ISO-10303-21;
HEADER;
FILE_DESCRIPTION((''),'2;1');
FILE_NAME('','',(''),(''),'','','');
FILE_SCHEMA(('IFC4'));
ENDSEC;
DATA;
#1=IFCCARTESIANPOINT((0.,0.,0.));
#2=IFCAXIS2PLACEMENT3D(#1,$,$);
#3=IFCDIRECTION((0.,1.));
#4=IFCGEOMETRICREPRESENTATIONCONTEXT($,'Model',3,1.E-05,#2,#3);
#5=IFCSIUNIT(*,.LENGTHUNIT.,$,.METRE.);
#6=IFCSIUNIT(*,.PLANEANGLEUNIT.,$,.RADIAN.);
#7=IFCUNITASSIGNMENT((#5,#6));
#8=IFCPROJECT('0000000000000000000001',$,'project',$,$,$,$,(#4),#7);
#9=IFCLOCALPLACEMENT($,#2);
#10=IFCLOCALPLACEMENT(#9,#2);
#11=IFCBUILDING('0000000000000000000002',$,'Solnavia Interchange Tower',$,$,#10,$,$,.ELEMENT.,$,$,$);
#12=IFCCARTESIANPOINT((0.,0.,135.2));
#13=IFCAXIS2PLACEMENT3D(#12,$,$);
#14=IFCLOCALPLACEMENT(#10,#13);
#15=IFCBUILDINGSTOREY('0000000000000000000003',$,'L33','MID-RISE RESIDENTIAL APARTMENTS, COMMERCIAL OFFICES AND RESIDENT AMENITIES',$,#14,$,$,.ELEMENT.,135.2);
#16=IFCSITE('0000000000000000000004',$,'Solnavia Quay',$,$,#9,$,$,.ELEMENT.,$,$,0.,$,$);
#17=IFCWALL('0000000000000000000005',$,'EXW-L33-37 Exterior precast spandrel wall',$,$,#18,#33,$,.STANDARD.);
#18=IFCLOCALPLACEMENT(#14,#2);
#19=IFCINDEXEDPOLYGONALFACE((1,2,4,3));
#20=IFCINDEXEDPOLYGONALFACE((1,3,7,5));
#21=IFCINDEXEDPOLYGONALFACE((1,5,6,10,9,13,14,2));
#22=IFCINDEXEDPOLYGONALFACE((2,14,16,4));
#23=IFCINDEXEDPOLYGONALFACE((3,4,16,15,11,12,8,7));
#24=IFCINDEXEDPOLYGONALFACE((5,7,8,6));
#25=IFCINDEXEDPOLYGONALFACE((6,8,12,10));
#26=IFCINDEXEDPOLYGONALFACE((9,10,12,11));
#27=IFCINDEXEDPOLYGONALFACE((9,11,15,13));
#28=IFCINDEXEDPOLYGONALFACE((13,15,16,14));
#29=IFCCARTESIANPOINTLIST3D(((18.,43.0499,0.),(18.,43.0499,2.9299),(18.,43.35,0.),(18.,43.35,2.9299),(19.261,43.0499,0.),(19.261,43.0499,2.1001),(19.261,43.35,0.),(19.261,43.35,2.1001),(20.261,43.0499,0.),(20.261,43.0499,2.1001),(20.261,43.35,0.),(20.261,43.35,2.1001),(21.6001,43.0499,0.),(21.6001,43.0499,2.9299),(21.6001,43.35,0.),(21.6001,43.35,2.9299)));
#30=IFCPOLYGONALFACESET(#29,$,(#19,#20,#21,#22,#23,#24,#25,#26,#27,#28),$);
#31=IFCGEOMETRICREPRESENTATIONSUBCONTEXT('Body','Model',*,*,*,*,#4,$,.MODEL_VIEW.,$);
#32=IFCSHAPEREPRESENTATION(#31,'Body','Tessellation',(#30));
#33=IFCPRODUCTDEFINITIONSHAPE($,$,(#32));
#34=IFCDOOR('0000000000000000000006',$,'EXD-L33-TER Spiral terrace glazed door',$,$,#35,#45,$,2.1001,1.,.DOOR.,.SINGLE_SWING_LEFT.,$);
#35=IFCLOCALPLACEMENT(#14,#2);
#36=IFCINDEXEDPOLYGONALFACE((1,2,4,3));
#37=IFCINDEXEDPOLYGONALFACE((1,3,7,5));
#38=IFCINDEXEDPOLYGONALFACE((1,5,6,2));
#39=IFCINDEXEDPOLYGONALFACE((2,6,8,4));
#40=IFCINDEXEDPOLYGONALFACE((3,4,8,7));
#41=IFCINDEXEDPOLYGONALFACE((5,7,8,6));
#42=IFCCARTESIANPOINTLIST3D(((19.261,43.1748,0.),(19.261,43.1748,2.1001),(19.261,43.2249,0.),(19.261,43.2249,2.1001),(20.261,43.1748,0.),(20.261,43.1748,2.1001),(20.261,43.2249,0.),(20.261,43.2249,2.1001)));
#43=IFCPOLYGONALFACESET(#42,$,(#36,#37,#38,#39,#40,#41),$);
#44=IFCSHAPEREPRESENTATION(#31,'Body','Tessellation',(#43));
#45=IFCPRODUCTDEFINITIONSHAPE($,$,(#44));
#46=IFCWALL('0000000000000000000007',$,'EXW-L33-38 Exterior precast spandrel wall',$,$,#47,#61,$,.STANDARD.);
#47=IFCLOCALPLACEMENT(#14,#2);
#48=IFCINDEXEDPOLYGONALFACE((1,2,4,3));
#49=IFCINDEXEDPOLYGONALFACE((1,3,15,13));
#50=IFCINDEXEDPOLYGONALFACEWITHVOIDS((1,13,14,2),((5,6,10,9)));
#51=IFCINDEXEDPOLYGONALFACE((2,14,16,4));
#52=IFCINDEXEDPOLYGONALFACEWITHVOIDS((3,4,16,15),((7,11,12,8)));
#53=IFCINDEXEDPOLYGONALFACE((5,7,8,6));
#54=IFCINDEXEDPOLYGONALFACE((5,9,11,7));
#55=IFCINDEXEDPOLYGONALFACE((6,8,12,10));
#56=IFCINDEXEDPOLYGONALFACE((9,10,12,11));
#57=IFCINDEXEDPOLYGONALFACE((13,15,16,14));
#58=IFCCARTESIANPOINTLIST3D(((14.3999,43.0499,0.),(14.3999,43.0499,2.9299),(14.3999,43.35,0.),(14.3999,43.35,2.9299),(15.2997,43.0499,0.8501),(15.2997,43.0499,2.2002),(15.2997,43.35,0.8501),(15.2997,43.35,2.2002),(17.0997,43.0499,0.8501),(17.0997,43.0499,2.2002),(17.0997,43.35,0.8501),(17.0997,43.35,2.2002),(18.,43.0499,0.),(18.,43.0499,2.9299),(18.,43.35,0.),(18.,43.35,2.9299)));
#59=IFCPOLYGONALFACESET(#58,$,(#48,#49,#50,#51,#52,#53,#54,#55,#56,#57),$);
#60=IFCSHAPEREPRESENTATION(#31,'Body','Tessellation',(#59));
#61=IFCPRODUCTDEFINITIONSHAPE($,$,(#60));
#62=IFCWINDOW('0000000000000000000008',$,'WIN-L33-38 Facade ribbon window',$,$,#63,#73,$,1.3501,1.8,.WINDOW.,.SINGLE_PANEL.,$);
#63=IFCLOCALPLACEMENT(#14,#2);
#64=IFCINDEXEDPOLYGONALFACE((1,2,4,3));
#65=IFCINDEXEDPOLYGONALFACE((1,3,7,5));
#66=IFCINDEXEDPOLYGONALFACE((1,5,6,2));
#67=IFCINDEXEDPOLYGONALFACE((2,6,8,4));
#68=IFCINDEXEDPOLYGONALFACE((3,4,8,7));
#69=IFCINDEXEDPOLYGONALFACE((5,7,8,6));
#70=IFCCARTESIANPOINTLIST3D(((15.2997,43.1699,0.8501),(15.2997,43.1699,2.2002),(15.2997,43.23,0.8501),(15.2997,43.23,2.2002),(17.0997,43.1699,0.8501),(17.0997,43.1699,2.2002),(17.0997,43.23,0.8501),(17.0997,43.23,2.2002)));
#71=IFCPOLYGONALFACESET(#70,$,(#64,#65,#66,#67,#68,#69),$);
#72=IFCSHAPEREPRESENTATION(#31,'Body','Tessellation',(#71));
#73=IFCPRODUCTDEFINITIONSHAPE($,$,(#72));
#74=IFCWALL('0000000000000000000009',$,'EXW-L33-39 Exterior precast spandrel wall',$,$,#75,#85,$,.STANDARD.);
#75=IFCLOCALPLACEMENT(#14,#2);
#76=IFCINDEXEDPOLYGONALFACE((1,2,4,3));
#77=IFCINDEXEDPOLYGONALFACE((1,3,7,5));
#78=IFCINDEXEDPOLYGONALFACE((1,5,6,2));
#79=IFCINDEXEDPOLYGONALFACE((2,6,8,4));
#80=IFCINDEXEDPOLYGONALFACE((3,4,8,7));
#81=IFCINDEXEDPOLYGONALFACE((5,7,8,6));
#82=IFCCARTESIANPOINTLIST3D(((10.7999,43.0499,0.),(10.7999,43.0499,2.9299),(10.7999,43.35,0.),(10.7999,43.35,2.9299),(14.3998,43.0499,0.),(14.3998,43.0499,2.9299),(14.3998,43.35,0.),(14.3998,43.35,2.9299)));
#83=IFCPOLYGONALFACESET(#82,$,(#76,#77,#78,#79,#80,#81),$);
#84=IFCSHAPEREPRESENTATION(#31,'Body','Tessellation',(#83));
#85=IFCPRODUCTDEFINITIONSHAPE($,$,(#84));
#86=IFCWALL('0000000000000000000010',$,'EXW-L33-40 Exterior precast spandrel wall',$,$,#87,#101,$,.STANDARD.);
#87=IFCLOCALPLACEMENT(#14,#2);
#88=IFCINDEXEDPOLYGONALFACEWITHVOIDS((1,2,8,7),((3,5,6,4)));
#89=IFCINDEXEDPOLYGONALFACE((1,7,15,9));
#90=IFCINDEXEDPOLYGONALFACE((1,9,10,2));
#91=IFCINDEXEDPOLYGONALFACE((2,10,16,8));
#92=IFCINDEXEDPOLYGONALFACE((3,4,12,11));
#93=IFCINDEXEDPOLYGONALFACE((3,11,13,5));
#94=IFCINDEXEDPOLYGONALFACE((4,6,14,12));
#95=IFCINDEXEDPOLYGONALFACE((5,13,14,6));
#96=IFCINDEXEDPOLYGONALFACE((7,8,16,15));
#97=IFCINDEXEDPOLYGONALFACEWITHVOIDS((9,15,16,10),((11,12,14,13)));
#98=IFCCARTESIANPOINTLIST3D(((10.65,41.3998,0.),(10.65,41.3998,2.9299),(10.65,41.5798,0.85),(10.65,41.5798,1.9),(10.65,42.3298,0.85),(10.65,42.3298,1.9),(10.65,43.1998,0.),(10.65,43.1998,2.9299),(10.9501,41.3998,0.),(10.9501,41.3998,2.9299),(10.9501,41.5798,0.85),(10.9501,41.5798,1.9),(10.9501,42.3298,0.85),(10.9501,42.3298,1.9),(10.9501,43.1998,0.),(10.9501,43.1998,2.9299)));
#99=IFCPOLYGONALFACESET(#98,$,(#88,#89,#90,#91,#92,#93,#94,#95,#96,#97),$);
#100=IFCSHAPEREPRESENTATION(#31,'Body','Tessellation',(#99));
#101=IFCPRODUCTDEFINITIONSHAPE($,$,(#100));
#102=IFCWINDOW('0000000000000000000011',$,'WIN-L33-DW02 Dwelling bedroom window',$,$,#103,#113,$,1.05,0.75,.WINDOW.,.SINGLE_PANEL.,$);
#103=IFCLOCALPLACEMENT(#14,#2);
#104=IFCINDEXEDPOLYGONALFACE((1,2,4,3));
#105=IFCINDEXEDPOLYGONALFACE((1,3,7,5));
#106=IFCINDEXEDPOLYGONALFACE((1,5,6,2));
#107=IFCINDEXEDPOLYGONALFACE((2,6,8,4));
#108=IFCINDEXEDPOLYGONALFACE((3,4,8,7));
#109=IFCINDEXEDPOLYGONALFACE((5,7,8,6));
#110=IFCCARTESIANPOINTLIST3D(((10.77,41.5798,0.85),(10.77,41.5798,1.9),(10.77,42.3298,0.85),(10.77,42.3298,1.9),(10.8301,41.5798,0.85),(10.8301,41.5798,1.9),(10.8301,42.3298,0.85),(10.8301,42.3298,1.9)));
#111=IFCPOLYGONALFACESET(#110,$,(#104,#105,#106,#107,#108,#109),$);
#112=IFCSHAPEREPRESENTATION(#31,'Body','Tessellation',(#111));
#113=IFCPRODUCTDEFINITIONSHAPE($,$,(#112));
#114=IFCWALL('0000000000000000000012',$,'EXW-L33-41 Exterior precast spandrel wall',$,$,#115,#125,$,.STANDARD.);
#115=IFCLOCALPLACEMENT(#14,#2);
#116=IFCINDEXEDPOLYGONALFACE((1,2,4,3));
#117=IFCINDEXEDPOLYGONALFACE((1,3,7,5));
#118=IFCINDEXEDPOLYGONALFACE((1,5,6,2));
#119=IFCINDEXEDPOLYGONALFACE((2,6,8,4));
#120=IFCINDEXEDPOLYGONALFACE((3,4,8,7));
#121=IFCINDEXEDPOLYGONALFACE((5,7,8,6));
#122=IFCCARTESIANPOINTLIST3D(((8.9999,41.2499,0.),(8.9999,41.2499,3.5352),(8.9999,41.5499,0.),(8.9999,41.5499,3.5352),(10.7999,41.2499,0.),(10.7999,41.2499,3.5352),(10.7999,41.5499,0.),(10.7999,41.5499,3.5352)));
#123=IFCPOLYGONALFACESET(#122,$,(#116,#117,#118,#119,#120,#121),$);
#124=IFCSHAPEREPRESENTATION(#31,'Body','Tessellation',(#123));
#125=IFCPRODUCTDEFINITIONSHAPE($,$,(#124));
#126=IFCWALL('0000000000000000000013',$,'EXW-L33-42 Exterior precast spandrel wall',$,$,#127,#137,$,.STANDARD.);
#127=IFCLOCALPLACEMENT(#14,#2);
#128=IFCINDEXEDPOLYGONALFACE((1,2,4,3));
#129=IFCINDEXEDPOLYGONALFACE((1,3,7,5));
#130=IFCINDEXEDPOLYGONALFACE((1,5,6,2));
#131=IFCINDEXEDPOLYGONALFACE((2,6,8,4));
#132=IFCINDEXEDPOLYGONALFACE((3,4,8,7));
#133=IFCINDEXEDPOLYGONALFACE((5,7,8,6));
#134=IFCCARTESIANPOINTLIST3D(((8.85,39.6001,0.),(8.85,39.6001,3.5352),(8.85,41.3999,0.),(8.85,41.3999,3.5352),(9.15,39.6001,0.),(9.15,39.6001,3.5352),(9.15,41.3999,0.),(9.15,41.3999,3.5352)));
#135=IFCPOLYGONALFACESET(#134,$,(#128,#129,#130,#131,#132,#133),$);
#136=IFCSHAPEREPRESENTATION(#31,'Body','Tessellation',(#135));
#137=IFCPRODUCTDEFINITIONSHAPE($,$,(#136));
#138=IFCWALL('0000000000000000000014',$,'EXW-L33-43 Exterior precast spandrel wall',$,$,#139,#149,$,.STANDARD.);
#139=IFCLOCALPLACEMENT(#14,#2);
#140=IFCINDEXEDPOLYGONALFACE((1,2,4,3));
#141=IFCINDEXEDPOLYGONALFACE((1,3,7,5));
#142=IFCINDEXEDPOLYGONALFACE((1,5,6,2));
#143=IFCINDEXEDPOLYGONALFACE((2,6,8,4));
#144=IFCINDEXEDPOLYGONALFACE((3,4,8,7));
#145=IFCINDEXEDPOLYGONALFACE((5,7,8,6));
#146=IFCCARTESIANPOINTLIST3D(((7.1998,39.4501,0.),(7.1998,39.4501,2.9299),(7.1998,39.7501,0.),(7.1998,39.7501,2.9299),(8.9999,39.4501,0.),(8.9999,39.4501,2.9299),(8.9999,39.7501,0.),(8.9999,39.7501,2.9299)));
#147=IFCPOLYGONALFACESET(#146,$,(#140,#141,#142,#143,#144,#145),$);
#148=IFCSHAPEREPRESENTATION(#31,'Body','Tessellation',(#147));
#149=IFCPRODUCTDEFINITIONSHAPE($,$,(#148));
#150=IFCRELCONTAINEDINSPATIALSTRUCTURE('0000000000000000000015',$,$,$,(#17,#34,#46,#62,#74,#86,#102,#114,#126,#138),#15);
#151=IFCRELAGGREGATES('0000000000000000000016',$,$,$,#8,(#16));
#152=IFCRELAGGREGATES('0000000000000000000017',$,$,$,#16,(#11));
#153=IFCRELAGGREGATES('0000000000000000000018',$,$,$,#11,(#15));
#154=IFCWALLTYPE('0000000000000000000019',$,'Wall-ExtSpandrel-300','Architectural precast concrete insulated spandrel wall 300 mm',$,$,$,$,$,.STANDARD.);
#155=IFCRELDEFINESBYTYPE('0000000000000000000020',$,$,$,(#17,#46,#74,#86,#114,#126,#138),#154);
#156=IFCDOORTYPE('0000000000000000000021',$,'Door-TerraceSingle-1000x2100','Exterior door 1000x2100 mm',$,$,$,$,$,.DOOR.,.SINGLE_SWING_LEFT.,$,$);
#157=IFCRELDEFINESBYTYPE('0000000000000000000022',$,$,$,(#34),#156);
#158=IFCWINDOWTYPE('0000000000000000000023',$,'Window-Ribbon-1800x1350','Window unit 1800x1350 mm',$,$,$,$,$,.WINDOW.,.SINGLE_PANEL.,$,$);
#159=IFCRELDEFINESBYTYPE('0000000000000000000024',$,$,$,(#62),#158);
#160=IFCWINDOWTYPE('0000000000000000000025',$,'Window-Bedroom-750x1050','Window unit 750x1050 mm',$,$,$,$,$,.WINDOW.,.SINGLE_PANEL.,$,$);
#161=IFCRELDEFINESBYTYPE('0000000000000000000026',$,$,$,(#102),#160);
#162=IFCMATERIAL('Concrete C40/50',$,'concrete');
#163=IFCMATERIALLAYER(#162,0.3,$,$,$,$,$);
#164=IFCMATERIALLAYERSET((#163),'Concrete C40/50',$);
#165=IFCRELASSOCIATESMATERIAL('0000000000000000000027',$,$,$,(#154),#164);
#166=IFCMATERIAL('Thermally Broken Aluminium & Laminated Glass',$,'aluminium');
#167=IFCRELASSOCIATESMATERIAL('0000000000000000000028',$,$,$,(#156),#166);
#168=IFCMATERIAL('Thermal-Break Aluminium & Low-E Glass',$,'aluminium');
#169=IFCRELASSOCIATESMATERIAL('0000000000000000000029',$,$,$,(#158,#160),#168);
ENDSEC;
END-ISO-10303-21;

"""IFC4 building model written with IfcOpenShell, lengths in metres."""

from ifc_helpers import new_model, si_unit, direction, frame, frame_2d, origin, place, context, subcontext, project, spatial, rectangle, extrude, material, layer, layer_set, type_object, element, fill, save


model = new_model("IFC4")

# Units and contexts
model_context = context("Model", 3, precision=1e-05, world=origin(), true_north=direction((0.0, 1.0)))
body_context = subcontext(model_context, "Body", "Model", "MODEL_VIEW")
ifc_project = project(units=[si_unit("LENGTHUNIT", "METRE"), si_unit("PLANEANGLEUNIT", "RADIAN")], contexts=[model_context])

# Site, building, storey
site_placement = place(None, origin())
site = spatial("IfcSite", under=ifc_project, at=site_placement, Name="Solnavia Quay", CompositionType="ELEMENT", RefElevation=0.0)
building_placement = place(site_placement, origin())
building = spatial("IfcBuilding", under=site, at=building_placement, Name="Solnavia Interchange Tower", CompositionType="ELEMENT")
storey_placement = place(building_placement, frame((0.0, 0.0, 135.2)))
storey = spatial("IfcBuildingStorey", under=building, at=storey_placement, Name="L33", Description="MID-RISE RESIDENTIAL APARTMENTS, COMMERCIAL OFFICES AND RESIDENT AMENITIES", CompositionType="ELEMENT", Elevation=135.2)

# Shared definitions
ifc_material_1 = material(Name="Concrete C40/50", Category="concrete")
ifc_layer_1 = layer(ifc_material_1, 0.3)
ifc_layer_set_1 = layer_set([ifc_layer_1], Name="Concrete C40/50")
wall_type_1 = type_object("IfcWallType", Name="Wall-ExtSpandrel-300", Description="Architectural precast concrete insulated spandrel wall 300 mm", PredefinedType="STANDARD", material=ifc_layer_set_1)

# Wall, opening, door
wall_1_placement = place(storey_placement, frame((18.0, 43.2, 0.0), z_axis=(0.0, 0.0, 1.0), x_axis=(1.0, 0.0, 0.0)))
wall_1 = element("IfcWall", 1, at=wall_1_placement, inside=storey, type_object=wall_type_1, Name="EXW-L33-37 Exterior precast spandrel wall", PredefinedType="STANDARD", context=body_context, shape_type="SweptSolid", body=[
    extrude(rectangle(XDim=3.6001, YDim=0.3, at=frame_2d((1.8, 0.0))), origin(), (0.0, 0.0, 1.0), 2.9299),
])
opening_1_placement = place(wall_1_placement, frame((1.261, 0.0, 0.0)))
opening_1 = element("IfcOpeningElement", 2, at=opening_1_placement, cuts=wall_1, PredefinedType="OPENING", context=body_context, shape_type="SweptSolid", body=[
    extrude(rectangle(XDim=1.0, YDim=2.1001, at=frame_2d((0.5, 1.05))), frame((0.0, 0.1602, 0.0), z_axis=(0.0, -1.0, 0.0), x_axis=(1.0, 0.0, 0.0)), (0.0, 0.0, 1.0), 0.3201),
])
ifc_material_2 = material(Name="Thermally Broken Aluminium & Laminated Glass", Category="aluminium")
door_type_1 = type_object("IfcDoorType", Name="Door-TerraceSingle-1000x2100", Description="Exterior door 1000x2100 mm", OperationType="SINGLE_SWING_LEFT", PredefinedType="DOOR", material=ifc_material_2)
door_1_placement = place(opening_1_placement, origin())
door_1 = element("IfcDoor", 3, at=door_1_placement, inside=storey, type_object=door_type_1, Name="EXD-L33-TER Spiral terrace glazed door", OperationType="SINGLE_SWING_LEFT", OverallHeight=2.1001, OverallWidth=1.0, PredefinedType="DOOR", context=body_context, shape_type="SweptSolid", body=[
    extrude(rectangle(XDim=1.0, YDim=2.1001, at=frame_2d((0.5, 1.05))), frame((0.0, 0.0249, 0.0), z_axis=(0.0, -1.0, 0.0), x_axis=(1.0, 0.0, 0.0)), (0.0, 0.0, 1.0), 0.05),
])
fill(opening_1, door_1)

# Wall, opening, window
wall_2_placement = place(storey_placement, frame((14.3999, 43.2, 0.0), z_axis=(0.0, 0.0, 1.0), x_axis=(1.0, 0.0, 0.0)))
wall_2 = element("IfcWall", 4, at=wall_2_placement, inside=storey, type_object=wall_type_1, Name="EXW-L33-38 Exterior precast spandrel wall", PredefinedType="STANDARD", context=body_context, shape_type="SweptSolid", body=[
    extrude(rectangle(XDim=3.6001, YDim=0.3, at=frame_2d((1.8, 0.0))), origin(), (0.0, 0.0, 1.0), 2.9299),
])
opening_2_placement = place(wall_2_placement, frame((0.8999, 0.0, 0.8501)))
opening_2 = element("IfcOpeningElement", 5, at=opening_2_placement, cuts=wall_2, PredefinedType="OPENING", context=body_context, shape_type="SweptSolid", body=[
    extrude(rectangle(XDim=1.8, YDim=1.3501, at=frame_2d((0.8999, 0.675))), frame((0.0, 0.1602, 0.0), z_axis=(0.0, -1.0, 0.0), x_axis=(1.0, 0.0, 0.0)), (0.0, 0.0, 1.0), 0.3201),
])
ifc_material_3 = material(Name="Thermal-Break Aluminium & Low-E Glass", Category="aluminium")
window_type_1 = type_object("IfcWindowType", Name="Window-Ribbon-1800x1350", Description="Window unit 1800x1350 mm", PartitioningType="SINGLE_PANEL", PredefinedType="WINDOW", material=ifc_material_3)
window_1_placement = place(opening_2_placement, origin())
window_1 = element("IfcWindow", 6, at=window_1_placement, inside=storey, type_object=window_type_1, Name="WIN-L33-38 Facade ribbon window", OverallHeight=1.3501, OverallWidth=1.8, PartitioningType="SINGLE_PANEL", PredefinedType="WINDOW", context=body_context, shape_type="SweptSolid", body=[
    extrude(rectangle(XDim=1.8, YDim=1.3501, at=frame_2d((0.8999, 0.675))), frame((0.0, 0.03, 0.0), z_axis=(0.0, -1.0, 0.0), x_axis=(1.0, 0.0, 0.0)), (0.0, 0.0, 1.0), 0.0601),
])
fill(opening_2, window_1)

# Wall
wall_3_placement = place(storey_placement, frame((10.8, 43.2, 0.0), z_axis=(0.0, 0.0, 1.0), x_axis=(1.0, 0.0, 0.0)))
element("IfcWall", 7, at=wall_3_placement, inside=storey, type_object=wall_type_1, Name="EXW-L33-39 Exterior precast spandrel wall", PredefinedType="STANDARD", context=body_context, shape_type="SweptSolid", body=[
    extrude(rectangle(XDim=3.5999, YDim=0.3, at=frame_2d((1.7998, 0.0))), origin(), (0.0, 0.0, 1.0), 2.9299),
])

# Wall, opening, window
wall_4_placement = place(storey_placement, frame((10.8, 41.3999, 0.0), z_axis=(0.0, 0.0, 1.0), x_axis=(0.0, 1.0, 0.0)))
wall_4 = element("IfcWall", 8, at=wall_4_placement, inside=storey, type_object=wall_type_1, Name="EXW-L33-40 Exterior precast spandrel wall", PredefinedType="STANDARD", context=body_context, shape_type="SweptSolid", body=[
    extrude(rectangle(XDim=1.8, YDim=0.3, at=frame_2d((0.8999, 0.0))), origin(), (0.0, 0.0, 1.0), 2.9299),
])
opening_3_placement = place(wall_4_placement, frame((0.1799, 0.0, 0.8501)))
opening_3 = element("IfcOpeningElement", 9, at=opening_3_placement, cuts=wall_4, PredefinedType="OPENING", context=body_context, shape_type="SweptSolid", body=[
    extrude(rectangle(XDim=0.75, YDim=1.05, at=frame_2d((0.375, 0.5249))), frame((0.0, 0.1602, 0.0), z_axis=(0.0, -1.0, 0.0), x_axis=(1.0, 0.0, 0.0)), (0.0, 0.0, 1.0), 0.3201),
])
window_type_2 = type_object("IfcWindowType", Name="Window-Bedroom-750x1050", Description="Window unit 750x1050 mm", PartitioningType="SINGLE_PANEL", PredefinedType="WINDOW", material=ifc_material_3)
window_2_placement = place(opening_3_placement, origin())
window_2 = element("IfcWindow", 10, at=window_2_placement, inside=storey, type_object=window_type_2, Name="WIN-L33-DW02 Dwelling bedroom window", OverallHeight=1.05, OverallWidth=0.75, PartitioningType="SINGLE_PANEL", PredefinedType="WINDOW", context=body_context, shape_type="SweptSolid", body=[
    extrude(rectangle(XDim=0.75, YDim=1.05, at=frame_2d((0.375, 0.5249))), frame((0.0, 0.03, 0.0), z_axis=(0.0, -1.0, 0.0), x_axis=(1.0, 0.0, 0.0)), (0.0, 0.0, 1.0), 0.0601),
])
fill(opening_3, window_2)

# Walls
wall_5_placement = place(storey_placement, frame((9.0, 41.3999, 0.0), z_axis=(0.0, 0.0, 1.0), x_axis=(1.0, 0.0, 0.0)))
element("IfcWall", 11, at=wall_5_placement, inside=storey, type_object=wall_type_1, Name="EXW-L33-41 Exterior precast spandrel wall", PredefinedType="STANDARD", context=body_context, shape_type="SweptSolid", body=[
    extrude(rectangle(XDim=1.8, YDim=0.3, at=frame_2d((0.8999, 0.0))), origin(), (0.0, 0.0, 1.0), 3.5352),
])
wall_6_placement = place(storey_placement, frame((9.0, 39.6001, 0.0), z_axis=(0.0, 0.0, 1.0), x_axis=(0.0, 1.0, 0.0)))
element("IfcWall", 12, at=wall_6_placement, inside=storey, type_object=wall_type_1, Name="EXW-L33-42 Exterior precast spandrel wall", PredefinedType="STANDARD", context=body_context, shape_type="SweptSolid", body=[
    extrude(rectangle(XDim=1.7998, YDim=0.3, at=frame_2d((0.8999, 0.0))), origin(), (0.0, 0.0, 1.0), 3.5352),
])
wall_7_placement = place(storey_placement, frame((7.2, 39.6001, 0.0), z_axis=(0.0, 0.0, 1.0), x_axis=(1.0, 0.0, 0.0)))
element("IfcWall", 13, at=wall_7_placement, inside=storey, type_object=wall_type_1, Name="EXW-L33-43 Exterior precast spandrel wall", PredefinedType="STANDARD", context=body_context, shape_type="SweptSolid", body=[
    extrude(rectangle(XDim=1.8, YDim=0.3, at=frame_2d((0.8999, 0.0))), origin(), (0.0, 0.0, 1.0), 2.9299),
])

save(model, "model.ifc")
